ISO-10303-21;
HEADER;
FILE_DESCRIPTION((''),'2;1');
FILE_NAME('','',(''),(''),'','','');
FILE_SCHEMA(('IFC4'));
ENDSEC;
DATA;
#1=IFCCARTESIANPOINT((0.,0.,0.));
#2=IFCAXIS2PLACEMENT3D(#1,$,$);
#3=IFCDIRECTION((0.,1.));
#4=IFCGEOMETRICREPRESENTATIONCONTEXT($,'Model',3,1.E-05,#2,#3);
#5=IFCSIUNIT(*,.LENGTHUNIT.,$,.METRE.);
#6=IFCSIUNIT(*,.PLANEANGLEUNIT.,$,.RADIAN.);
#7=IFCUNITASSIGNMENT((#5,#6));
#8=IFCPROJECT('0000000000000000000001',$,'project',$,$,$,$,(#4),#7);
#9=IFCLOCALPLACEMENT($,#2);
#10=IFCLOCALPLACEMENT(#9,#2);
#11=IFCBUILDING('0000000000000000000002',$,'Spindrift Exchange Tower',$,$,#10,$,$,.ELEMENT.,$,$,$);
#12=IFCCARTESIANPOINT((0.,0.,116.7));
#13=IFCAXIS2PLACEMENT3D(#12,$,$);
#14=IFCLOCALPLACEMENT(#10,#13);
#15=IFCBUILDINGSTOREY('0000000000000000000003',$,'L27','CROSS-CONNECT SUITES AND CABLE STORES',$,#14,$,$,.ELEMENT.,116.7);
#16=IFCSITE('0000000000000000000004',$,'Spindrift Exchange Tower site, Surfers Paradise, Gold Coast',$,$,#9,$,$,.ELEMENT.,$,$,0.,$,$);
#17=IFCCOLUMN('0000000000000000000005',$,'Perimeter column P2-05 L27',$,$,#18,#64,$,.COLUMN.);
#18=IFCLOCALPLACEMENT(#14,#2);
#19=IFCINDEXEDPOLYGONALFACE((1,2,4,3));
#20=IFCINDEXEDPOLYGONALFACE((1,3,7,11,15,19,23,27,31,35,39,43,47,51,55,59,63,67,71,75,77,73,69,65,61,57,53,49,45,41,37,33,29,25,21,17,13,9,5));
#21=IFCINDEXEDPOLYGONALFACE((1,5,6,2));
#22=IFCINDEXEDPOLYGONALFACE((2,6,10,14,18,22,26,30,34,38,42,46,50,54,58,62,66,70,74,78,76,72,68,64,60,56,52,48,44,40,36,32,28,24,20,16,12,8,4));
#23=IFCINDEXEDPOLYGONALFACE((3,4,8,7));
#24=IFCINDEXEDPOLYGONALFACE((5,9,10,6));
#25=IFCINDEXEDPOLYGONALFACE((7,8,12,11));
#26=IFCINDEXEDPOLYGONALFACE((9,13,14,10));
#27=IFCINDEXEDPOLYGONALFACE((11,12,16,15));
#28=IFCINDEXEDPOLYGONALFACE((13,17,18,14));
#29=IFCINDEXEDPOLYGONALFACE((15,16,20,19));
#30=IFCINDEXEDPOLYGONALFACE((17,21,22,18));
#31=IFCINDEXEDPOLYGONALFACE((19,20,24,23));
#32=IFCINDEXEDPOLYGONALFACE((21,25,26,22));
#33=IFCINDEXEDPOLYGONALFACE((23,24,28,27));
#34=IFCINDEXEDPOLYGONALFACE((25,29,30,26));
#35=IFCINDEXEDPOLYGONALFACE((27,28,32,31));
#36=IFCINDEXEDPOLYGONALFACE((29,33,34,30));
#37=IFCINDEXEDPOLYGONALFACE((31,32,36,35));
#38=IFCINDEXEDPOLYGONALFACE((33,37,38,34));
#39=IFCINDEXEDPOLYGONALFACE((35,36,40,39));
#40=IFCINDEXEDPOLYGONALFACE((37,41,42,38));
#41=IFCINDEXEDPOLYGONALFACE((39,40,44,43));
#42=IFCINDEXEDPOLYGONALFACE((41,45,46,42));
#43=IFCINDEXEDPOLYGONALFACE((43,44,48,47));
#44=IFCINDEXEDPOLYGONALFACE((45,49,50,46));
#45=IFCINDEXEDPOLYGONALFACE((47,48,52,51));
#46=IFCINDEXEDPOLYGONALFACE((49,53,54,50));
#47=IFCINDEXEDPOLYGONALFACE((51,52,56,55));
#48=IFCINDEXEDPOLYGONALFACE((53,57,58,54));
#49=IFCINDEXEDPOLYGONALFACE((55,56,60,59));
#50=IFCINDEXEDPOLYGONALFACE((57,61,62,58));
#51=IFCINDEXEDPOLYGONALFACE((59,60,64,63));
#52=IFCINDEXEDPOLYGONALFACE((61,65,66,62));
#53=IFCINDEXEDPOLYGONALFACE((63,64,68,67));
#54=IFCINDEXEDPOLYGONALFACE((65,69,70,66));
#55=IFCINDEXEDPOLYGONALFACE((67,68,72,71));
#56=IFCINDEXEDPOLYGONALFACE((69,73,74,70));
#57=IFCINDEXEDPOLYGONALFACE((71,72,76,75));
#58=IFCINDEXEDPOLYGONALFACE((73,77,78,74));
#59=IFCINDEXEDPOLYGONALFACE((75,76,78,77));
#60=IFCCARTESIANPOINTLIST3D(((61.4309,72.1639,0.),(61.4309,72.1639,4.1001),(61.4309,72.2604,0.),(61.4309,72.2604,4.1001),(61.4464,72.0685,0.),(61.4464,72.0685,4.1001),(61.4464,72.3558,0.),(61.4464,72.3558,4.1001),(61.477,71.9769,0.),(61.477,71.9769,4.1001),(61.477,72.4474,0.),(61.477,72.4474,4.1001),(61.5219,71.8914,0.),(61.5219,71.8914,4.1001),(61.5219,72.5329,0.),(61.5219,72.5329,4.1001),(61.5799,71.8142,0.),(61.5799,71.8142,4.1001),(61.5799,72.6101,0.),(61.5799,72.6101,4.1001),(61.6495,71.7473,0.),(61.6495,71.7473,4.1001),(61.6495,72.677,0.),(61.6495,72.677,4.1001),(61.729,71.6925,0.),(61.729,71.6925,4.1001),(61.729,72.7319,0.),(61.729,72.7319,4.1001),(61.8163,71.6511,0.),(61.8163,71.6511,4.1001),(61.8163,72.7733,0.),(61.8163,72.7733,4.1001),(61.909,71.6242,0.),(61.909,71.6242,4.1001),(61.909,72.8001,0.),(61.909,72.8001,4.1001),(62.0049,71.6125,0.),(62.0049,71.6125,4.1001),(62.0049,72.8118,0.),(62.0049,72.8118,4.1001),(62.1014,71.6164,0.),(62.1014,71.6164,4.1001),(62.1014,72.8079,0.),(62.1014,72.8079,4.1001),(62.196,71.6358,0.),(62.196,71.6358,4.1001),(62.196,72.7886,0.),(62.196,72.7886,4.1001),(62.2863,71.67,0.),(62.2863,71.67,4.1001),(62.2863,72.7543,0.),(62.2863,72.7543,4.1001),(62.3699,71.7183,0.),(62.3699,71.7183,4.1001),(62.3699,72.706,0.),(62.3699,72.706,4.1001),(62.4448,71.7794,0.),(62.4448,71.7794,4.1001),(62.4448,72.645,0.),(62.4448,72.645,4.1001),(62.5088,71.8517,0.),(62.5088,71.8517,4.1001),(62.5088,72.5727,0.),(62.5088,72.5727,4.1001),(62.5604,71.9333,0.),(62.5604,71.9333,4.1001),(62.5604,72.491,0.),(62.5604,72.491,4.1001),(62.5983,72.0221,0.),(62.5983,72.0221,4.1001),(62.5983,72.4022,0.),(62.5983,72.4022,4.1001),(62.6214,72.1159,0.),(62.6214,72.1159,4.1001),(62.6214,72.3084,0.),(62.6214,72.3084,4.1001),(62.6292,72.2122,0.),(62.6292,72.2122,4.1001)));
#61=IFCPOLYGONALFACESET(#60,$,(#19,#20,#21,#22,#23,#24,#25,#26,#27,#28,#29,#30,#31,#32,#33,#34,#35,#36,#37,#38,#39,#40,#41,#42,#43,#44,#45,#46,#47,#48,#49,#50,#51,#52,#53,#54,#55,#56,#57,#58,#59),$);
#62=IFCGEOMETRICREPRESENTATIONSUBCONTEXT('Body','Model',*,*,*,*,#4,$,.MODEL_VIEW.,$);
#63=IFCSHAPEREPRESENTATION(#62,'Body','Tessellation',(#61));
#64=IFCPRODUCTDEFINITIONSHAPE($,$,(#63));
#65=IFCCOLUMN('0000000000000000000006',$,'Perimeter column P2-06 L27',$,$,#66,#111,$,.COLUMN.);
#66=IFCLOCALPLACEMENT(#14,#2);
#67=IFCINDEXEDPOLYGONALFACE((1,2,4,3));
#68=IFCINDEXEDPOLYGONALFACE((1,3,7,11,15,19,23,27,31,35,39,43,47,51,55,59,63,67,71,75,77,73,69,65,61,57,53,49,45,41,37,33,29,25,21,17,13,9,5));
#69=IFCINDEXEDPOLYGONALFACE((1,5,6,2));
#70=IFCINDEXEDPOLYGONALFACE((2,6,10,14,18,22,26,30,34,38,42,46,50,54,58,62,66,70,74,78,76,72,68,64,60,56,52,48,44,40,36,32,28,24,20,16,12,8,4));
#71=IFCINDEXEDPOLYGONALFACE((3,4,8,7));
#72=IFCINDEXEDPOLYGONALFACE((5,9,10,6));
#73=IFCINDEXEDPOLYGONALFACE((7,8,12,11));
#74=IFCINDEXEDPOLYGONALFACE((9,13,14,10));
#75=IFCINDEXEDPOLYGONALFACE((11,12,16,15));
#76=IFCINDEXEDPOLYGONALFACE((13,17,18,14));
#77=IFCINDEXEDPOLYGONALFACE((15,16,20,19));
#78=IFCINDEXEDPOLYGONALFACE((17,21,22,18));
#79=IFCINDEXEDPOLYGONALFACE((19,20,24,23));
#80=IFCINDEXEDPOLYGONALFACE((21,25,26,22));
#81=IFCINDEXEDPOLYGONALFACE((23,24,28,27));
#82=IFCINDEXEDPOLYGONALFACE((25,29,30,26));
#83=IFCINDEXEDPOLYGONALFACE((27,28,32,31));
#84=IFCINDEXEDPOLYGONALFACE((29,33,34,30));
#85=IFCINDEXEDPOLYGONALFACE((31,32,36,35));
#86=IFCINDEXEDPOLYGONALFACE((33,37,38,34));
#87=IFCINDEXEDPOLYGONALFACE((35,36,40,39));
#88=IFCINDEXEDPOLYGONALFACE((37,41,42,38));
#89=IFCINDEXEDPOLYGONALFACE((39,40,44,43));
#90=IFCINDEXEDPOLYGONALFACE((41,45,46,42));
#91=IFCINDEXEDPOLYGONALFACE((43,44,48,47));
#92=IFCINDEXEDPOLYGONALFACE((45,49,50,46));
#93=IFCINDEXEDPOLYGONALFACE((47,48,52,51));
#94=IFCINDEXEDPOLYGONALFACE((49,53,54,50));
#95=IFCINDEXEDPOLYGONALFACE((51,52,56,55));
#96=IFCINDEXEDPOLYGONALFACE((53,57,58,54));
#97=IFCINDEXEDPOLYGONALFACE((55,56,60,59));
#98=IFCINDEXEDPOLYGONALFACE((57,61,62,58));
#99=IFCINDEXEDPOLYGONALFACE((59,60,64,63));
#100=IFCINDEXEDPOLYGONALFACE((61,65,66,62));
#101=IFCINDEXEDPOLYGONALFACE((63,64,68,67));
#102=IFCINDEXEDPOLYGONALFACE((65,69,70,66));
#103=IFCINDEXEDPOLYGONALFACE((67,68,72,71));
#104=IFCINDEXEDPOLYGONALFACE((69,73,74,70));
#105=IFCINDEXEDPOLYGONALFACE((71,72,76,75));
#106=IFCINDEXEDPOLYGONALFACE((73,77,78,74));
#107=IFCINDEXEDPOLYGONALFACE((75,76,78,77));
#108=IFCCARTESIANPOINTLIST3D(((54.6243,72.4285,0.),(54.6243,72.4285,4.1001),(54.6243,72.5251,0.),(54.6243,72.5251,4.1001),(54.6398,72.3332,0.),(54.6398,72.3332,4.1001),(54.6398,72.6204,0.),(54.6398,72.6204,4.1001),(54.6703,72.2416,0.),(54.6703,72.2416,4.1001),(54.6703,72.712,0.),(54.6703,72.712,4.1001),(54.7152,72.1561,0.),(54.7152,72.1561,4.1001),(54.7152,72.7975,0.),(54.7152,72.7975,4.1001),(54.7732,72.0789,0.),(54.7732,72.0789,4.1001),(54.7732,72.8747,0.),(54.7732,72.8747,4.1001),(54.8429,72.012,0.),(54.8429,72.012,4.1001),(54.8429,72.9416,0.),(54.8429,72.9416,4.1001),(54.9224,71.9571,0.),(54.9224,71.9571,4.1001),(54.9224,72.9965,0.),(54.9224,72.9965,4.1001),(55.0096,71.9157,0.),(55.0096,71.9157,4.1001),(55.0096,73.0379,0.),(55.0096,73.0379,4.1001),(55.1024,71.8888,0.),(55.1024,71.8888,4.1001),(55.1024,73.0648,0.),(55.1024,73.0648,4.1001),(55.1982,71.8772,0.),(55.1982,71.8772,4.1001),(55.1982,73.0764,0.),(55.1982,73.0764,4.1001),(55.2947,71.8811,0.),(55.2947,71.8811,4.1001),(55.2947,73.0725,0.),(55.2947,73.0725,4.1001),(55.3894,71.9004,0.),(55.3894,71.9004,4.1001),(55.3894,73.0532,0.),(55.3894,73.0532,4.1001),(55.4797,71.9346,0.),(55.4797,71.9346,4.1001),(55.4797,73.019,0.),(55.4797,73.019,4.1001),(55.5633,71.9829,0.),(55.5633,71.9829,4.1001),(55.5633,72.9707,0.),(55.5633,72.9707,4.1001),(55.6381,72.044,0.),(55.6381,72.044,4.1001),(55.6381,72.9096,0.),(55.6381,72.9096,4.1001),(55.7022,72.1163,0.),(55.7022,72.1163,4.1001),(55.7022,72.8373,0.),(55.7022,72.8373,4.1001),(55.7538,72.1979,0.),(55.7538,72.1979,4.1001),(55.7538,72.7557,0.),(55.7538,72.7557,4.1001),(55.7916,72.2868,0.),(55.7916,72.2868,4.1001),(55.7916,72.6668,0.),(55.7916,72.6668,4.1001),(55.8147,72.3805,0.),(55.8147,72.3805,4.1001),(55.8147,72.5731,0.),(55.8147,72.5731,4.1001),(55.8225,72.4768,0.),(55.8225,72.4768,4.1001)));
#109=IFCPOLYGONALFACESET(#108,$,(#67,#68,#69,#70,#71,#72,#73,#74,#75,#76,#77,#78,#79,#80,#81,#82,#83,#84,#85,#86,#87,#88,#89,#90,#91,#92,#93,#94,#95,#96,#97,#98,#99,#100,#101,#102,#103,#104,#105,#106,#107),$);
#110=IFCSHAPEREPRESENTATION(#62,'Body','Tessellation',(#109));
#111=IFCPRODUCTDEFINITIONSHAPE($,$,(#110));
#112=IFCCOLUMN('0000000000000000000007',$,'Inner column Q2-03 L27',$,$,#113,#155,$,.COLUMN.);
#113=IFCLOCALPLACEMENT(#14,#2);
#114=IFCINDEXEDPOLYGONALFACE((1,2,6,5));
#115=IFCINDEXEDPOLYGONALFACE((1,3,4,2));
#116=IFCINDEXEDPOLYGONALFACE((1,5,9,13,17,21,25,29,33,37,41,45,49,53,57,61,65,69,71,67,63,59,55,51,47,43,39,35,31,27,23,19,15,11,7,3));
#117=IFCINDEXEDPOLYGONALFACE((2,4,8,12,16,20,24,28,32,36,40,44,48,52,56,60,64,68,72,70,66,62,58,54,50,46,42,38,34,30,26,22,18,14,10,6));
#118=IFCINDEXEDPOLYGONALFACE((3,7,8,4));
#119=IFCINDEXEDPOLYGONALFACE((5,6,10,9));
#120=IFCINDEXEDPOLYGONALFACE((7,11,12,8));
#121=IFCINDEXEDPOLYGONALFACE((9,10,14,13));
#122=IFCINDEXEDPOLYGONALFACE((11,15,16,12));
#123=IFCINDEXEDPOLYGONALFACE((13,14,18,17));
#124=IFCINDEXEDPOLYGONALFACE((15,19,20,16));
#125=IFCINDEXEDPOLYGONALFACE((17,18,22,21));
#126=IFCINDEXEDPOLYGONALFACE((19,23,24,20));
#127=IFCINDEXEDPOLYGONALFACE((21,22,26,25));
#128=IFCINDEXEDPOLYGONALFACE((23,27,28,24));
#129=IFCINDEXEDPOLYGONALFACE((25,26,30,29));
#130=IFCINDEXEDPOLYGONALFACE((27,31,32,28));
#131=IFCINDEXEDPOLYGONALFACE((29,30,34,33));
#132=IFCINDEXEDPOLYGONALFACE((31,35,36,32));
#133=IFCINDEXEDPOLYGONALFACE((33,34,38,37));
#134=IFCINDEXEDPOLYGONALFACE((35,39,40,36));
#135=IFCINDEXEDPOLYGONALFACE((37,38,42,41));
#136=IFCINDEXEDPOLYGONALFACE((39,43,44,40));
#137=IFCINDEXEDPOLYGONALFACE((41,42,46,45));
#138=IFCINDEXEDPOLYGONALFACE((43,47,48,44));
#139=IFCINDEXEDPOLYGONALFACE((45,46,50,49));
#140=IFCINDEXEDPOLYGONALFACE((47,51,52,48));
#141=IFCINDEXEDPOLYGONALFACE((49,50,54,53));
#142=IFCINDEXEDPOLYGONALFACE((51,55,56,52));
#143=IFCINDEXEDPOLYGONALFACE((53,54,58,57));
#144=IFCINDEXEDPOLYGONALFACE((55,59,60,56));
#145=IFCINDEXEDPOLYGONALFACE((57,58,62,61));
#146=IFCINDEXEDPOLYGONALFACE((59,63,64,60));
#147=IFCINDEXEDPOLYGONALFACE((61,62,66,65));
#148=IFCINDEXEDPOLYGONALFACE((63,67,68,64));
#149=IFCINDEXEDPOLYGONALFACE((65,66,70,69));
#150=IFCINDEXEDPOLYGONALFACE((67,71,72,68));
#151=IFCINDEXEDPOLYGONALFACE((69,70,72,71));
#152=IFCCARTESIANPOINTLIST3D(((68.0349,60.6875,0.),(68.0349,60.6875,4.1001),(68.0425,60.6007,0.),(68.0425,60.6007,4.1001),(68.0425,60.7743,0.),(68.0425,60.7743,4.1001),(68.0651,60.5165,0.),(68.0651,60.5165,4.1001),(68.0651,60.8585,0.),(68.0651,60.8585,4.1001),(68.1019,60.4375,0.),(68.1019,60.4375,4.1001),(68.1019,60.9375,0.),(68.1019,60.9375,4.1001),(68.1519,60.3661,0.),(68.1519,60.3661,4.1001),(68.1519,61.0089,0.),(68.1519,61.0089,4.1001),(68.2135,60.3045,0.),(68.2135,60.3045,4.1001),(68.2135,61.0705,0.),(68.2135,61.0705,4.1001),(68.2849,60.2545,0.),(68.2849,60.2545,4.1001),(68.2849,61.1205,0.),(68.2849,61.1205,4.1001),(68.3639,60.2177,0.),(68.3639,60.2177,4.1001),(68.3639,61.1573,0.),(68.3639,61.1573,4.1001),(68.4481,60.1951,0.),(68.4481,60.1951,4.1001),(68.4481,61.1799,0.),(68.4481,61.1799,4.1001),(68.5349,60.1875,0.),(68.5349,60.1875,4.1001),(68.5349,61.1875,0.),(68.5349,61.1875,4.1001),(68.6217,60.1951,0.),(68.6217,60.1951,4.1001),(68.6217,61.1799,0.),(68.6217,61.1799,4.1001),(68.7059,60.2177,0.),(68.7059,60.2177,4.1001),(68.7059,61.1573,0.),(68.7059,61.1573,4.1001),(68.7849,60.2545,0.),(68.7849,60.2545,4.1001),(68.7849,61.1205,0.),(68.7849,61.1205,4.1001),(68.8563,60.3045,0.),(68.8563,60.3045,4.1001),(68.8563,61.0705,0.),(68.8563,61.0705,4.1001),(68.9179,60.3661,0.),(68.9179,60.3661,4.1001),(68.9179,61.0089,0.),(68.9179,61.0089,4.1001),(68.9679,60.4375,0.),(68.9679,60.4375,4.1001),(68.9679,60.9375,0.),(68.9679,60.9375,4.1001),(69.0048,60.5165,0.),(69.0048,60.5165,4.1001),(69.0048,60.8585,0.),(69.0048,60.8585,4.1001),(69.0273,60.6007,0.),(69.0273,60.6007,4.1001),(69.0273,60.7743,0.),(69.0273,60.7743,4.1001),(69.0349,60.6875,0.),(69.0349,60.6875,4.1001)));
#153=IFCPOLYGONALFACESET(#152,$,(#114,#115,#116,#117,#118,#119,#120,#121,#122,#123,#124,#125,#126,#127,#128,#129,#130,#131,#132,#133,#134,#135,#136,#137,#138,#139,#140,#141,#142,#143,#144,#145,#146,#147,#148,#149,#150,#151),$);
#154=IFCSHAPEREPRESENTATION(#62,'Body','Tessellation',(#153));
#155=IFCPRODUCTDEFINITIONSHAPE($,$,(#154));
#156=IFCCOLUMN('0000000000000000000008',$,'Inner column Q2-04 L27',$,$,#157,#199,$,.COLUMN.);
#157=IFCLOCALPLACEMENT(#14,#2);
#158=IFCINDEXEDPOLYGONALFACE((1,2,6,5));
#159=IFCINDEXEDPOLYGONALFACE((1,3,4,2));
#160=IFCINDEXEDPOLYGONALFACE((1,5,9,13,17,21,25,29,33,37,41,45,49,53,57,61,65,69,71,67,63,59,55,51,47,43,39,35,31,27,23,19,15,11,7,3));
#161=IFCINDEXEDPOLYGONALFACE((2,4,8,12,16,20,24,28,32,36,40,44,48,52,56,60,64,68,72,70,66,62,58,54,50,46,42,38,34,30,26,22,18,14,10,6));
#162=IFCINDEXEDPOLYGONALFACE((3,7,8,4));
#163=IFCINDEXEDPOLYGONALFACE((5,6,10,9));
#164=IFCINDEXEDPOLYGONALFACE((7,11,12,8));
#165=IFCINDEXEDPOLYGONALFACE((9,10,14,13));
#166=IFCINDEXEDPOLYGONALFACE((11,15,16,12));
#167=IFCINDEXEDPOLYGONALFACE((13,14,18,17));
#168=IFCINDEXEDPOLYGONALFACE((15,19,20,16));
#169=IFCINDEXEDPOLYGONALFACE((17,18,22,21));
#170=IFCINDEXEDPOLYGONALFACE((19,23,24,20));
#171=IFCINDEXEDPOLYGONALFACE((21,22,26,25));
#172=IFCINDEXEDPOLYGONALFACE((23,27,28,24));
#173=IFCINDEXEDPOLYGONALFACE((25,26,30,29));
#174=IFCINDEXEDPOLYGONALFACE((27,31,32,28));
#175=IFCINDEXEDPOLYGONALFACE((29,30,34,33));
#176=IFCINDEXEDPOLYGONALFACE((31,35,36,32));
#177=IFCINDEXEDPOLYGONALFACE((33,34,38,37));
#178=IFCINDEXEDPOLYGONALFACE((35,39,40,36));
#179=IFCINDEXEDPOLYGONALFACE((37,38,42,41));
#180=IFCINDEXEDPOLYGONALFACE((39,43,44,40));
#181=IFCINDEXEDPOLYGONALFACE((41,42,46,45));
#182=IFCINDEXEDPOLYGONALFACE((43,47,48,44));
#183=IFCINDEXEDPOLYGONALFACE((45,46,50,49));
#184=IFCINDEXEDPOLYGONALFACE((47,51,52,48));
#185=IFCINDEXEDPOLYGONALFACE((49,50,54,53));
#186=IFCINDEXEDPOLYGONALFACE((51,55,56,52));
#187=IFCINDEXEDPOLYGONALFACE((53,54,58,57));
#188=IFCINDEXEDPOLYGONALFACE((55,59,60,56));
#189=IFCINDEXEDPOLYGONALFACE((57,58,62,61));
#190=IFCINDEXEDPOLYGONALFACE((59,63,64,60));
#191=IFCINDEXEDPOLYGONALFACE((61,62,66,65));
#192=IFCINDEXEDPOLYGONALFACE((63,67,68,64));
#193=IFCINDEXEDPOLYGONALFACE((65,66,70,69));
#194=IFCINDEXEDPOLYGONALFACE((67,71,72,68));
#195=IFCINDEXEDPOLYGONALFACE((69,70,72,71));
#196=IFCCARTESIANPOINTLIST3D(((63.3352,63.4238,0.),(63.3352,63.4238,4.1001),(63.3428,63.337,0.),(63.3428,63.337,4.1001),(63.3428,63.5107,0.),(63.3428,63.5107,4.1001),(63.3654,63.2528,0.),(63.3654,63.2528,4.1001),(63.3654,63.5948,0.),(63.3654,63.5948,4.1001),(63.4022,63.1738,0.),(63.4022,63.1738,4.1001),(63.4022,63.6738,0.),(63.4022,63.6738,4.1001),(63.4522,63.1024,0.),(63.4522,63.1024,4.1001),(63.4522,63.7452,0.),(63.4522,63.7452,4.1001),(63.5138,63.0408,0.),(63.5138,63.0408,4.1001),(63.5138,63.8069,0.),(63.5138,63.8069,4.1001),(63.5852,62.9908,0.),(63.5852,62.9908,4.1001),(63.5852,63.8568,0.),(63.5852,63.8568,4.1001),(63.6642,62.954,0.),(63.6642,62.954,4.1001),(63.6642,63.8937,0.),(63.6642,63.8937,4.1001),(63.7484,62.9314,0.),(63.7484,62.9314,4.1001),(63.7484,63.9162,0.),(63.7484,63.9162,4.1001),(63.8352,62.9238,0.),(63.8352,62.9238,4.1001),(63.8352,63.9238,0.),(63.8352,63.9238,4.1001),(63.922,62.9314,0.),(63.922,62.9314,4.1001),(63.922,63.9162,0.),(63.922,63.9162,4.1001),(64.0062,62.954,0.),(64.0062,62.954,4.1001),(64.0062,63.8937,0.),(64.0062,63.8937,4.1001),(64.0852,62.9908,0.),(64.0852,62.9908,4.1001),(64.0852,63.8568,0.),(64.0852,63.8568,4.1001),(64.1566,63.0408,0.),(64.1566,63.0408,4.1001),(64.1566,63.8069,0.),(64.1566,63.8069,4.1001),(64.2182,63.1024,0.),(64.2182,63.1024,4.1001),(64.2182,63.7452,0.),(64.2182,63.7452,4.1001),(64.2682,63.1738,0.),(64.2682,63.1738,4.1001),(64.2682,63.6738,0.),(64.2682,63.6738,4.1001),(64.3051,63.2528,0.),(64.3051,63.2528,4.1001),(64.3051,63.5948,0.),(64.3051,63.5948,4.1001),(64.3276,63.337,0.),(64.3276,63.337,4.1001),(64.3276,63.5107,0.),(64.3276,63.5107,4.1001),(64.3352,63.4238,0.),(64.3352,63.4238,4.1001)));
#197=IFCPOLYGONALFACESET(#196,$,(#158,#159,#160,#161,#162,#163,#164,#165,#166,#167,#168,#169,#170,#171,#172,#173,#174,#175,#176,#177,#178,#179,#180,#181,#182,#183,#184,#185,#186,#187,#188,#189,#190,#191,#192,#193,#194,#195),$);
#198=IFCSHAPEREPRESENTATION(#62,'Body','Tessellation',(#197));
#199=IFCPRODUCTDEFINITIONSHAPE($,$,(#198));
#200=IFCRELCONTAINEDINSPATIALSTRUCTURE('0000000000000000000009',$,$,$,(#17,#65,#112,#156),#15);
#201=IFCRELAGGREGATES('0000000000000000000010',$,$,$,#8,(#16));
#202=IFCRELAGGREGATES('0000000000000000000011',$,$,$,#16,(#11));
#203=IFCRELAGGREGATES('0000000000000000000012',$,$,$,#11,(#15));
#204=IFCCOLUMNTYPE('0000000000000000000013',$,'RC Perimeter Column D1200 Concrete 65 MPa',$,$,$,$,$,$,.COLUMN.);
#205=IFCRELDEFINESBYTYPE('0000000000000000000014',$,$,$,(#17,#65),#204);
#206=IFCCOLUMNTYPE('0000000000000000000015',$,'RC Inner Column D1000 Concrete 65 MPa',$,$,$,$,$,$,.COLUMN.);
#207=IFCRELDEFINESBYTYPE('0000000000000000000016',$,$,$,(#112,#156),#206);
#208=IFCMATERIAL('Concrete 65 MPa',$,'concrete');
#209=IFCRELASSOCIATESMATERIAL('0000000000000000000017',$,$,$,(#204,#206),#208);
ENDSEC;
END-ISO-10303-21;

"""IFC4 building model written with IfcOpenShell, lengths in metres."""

from ifc_helpers import new_model, si_unit, direction, frame, origin, origin_2d, place, context, subcontext, project, spatial, circle, extrude, source, transform, mapped, material, material_profile, profile_set, type_object, element, save


model = new_model("IFC4")

# Units and contexts
model_context = context("Model", 3, precision=1e-05, world=origin(), true_north=direction((0.0, 1.0)))
body_context = subcontext(model_context, "Body", "Model", "MODEL_VIEW")
ifc_project = project(units=[si_unit("LENGTHUNIT", "METRE"), si_unit("PLANEANGLEUNIT", "RADIAN")], contexts=[model_context])

# Site, building, storey
site_placement = place(None, origin())
site = spatial("IfcSite", under=ifc_project, at=site_placement, Name="Spindrift Exchange Tower site, Surfers Paradise, Gold Coast", CompositionType="ELEMENT", RefElevation=0.0)
building_placement = place(site_placement, origin())
building = spatial("IfcBuilding", under=site, at=building_placement, Name="Spindrift Exchange Tower", CompositionType="ELEMENT")
storey_placement = place(building_placement, frame((0.0, 0.0, 116.7)))
storey = spatial("IfcBuildingStorey", under=building, at=storey_placement, Name="L27", Description="CROSS-CONNECT SUITES AND CABLE STORES", CompositionType="ELEMENT", Elevation=116.7)

# Columns
ifc_material_1 = material(Name="Concrete 65 MPa", Category="concrete")
ifc_material_profile_1 = material_profile(ifc_material_1, circle(Radius=0.6001, at=origin_2d()), Name="RC D1200")
ifc_profile_set_1 = profile_set([ifc_material_profile_1], Name="Concrete 65 MPa")
column_type_1 = type_object("IfcColumnType", Name="RC Perimeter Column D1200 Concrete 65 MPa", PredefinedType="COLUMN", material=ifc_profile_set_1)
shared_shape_1 = source(origin(), body_context, "Body", "SweptSolid", [
    extrude(circle(Radius=0.6001, at=origin_2d()), origin(), (0.0, 0.0, 1.0), 4.1001),
])
for number, where, z_axis, x_axis, name in (
    (1, (62.0291, 72.2122, 0.0), (0.0, 0.0, 1.0), (1.0, 0.0, 0.0), "Perimeter column P2-05 L27"),
    (2, (55.2224, 72.4768, 0.0), (0.0, 0.0, 1.0), (1.0, 0.0, 0.0), "Perimeter column P2-06 L27"),
):
    element("IfcColumn", number, at=place(storey_placement, frame(where, z_axis=z_axis, x_axis=x_axis)), inside=storey, type_object=column_type_1, Name=name, PredefinedType="COLUMN", context=body_context, shape_type="MappedRepresentation", body=[
        mapped(shared_shape_1, transform((0.0, 0.0, 0.0), scale=1.0)),
    ])
ifc_material_profile_2 = material_profile(ifc_material_1, circle(Radius=0.5, at=origin_2d()), Name="RC D1000")
ifc_profile_set_2 = profile_set([ifc_material_profile_2], Name="Concrete 65 MPa")
column_type_2 = type_object("IfcColumnType", Name="RC Inner Column D1000 Concrete 65 MPa", PredefinedType="COLUMN", material=ifc_profile_set_2)
shared_shape_2 = source(origin(), body_context, "Body", "SweptSolid", [
    extrude(circle(Radius=0.5, at=origin_2d()), origin(), (0.0, 0.0, 1.0), 4.1001),
])
for number, where, z_axis, x_axis, name in (
    (3, (68.5349, 60.6875, 0.0), (0.0, 0.0, 1.0), (1.0, 0.0, 0.0), "Inner column Q2-03 L27"),
    (4, (63.8352, 63.4238, 0.0), (0.0, 0.0, 1.0), (1.0, 0.0, 0.0), "Inner column Q2-04 L27"),
):
    element("IfcColumn", number, at=place(storey_placement, frame(where, z_axis=z_axis, x_axis=x_axis)), inside=storey, type_object=column_type_2, Name=name, PredefinedType="COLUMN", context=body_context, shape_type="MappedRepresentation", body=[
        mapped(shared_shape_2, transform((0.0, 0.0, 0.0), scale=1.0)),
    ])

save(model, "model.ifc")
